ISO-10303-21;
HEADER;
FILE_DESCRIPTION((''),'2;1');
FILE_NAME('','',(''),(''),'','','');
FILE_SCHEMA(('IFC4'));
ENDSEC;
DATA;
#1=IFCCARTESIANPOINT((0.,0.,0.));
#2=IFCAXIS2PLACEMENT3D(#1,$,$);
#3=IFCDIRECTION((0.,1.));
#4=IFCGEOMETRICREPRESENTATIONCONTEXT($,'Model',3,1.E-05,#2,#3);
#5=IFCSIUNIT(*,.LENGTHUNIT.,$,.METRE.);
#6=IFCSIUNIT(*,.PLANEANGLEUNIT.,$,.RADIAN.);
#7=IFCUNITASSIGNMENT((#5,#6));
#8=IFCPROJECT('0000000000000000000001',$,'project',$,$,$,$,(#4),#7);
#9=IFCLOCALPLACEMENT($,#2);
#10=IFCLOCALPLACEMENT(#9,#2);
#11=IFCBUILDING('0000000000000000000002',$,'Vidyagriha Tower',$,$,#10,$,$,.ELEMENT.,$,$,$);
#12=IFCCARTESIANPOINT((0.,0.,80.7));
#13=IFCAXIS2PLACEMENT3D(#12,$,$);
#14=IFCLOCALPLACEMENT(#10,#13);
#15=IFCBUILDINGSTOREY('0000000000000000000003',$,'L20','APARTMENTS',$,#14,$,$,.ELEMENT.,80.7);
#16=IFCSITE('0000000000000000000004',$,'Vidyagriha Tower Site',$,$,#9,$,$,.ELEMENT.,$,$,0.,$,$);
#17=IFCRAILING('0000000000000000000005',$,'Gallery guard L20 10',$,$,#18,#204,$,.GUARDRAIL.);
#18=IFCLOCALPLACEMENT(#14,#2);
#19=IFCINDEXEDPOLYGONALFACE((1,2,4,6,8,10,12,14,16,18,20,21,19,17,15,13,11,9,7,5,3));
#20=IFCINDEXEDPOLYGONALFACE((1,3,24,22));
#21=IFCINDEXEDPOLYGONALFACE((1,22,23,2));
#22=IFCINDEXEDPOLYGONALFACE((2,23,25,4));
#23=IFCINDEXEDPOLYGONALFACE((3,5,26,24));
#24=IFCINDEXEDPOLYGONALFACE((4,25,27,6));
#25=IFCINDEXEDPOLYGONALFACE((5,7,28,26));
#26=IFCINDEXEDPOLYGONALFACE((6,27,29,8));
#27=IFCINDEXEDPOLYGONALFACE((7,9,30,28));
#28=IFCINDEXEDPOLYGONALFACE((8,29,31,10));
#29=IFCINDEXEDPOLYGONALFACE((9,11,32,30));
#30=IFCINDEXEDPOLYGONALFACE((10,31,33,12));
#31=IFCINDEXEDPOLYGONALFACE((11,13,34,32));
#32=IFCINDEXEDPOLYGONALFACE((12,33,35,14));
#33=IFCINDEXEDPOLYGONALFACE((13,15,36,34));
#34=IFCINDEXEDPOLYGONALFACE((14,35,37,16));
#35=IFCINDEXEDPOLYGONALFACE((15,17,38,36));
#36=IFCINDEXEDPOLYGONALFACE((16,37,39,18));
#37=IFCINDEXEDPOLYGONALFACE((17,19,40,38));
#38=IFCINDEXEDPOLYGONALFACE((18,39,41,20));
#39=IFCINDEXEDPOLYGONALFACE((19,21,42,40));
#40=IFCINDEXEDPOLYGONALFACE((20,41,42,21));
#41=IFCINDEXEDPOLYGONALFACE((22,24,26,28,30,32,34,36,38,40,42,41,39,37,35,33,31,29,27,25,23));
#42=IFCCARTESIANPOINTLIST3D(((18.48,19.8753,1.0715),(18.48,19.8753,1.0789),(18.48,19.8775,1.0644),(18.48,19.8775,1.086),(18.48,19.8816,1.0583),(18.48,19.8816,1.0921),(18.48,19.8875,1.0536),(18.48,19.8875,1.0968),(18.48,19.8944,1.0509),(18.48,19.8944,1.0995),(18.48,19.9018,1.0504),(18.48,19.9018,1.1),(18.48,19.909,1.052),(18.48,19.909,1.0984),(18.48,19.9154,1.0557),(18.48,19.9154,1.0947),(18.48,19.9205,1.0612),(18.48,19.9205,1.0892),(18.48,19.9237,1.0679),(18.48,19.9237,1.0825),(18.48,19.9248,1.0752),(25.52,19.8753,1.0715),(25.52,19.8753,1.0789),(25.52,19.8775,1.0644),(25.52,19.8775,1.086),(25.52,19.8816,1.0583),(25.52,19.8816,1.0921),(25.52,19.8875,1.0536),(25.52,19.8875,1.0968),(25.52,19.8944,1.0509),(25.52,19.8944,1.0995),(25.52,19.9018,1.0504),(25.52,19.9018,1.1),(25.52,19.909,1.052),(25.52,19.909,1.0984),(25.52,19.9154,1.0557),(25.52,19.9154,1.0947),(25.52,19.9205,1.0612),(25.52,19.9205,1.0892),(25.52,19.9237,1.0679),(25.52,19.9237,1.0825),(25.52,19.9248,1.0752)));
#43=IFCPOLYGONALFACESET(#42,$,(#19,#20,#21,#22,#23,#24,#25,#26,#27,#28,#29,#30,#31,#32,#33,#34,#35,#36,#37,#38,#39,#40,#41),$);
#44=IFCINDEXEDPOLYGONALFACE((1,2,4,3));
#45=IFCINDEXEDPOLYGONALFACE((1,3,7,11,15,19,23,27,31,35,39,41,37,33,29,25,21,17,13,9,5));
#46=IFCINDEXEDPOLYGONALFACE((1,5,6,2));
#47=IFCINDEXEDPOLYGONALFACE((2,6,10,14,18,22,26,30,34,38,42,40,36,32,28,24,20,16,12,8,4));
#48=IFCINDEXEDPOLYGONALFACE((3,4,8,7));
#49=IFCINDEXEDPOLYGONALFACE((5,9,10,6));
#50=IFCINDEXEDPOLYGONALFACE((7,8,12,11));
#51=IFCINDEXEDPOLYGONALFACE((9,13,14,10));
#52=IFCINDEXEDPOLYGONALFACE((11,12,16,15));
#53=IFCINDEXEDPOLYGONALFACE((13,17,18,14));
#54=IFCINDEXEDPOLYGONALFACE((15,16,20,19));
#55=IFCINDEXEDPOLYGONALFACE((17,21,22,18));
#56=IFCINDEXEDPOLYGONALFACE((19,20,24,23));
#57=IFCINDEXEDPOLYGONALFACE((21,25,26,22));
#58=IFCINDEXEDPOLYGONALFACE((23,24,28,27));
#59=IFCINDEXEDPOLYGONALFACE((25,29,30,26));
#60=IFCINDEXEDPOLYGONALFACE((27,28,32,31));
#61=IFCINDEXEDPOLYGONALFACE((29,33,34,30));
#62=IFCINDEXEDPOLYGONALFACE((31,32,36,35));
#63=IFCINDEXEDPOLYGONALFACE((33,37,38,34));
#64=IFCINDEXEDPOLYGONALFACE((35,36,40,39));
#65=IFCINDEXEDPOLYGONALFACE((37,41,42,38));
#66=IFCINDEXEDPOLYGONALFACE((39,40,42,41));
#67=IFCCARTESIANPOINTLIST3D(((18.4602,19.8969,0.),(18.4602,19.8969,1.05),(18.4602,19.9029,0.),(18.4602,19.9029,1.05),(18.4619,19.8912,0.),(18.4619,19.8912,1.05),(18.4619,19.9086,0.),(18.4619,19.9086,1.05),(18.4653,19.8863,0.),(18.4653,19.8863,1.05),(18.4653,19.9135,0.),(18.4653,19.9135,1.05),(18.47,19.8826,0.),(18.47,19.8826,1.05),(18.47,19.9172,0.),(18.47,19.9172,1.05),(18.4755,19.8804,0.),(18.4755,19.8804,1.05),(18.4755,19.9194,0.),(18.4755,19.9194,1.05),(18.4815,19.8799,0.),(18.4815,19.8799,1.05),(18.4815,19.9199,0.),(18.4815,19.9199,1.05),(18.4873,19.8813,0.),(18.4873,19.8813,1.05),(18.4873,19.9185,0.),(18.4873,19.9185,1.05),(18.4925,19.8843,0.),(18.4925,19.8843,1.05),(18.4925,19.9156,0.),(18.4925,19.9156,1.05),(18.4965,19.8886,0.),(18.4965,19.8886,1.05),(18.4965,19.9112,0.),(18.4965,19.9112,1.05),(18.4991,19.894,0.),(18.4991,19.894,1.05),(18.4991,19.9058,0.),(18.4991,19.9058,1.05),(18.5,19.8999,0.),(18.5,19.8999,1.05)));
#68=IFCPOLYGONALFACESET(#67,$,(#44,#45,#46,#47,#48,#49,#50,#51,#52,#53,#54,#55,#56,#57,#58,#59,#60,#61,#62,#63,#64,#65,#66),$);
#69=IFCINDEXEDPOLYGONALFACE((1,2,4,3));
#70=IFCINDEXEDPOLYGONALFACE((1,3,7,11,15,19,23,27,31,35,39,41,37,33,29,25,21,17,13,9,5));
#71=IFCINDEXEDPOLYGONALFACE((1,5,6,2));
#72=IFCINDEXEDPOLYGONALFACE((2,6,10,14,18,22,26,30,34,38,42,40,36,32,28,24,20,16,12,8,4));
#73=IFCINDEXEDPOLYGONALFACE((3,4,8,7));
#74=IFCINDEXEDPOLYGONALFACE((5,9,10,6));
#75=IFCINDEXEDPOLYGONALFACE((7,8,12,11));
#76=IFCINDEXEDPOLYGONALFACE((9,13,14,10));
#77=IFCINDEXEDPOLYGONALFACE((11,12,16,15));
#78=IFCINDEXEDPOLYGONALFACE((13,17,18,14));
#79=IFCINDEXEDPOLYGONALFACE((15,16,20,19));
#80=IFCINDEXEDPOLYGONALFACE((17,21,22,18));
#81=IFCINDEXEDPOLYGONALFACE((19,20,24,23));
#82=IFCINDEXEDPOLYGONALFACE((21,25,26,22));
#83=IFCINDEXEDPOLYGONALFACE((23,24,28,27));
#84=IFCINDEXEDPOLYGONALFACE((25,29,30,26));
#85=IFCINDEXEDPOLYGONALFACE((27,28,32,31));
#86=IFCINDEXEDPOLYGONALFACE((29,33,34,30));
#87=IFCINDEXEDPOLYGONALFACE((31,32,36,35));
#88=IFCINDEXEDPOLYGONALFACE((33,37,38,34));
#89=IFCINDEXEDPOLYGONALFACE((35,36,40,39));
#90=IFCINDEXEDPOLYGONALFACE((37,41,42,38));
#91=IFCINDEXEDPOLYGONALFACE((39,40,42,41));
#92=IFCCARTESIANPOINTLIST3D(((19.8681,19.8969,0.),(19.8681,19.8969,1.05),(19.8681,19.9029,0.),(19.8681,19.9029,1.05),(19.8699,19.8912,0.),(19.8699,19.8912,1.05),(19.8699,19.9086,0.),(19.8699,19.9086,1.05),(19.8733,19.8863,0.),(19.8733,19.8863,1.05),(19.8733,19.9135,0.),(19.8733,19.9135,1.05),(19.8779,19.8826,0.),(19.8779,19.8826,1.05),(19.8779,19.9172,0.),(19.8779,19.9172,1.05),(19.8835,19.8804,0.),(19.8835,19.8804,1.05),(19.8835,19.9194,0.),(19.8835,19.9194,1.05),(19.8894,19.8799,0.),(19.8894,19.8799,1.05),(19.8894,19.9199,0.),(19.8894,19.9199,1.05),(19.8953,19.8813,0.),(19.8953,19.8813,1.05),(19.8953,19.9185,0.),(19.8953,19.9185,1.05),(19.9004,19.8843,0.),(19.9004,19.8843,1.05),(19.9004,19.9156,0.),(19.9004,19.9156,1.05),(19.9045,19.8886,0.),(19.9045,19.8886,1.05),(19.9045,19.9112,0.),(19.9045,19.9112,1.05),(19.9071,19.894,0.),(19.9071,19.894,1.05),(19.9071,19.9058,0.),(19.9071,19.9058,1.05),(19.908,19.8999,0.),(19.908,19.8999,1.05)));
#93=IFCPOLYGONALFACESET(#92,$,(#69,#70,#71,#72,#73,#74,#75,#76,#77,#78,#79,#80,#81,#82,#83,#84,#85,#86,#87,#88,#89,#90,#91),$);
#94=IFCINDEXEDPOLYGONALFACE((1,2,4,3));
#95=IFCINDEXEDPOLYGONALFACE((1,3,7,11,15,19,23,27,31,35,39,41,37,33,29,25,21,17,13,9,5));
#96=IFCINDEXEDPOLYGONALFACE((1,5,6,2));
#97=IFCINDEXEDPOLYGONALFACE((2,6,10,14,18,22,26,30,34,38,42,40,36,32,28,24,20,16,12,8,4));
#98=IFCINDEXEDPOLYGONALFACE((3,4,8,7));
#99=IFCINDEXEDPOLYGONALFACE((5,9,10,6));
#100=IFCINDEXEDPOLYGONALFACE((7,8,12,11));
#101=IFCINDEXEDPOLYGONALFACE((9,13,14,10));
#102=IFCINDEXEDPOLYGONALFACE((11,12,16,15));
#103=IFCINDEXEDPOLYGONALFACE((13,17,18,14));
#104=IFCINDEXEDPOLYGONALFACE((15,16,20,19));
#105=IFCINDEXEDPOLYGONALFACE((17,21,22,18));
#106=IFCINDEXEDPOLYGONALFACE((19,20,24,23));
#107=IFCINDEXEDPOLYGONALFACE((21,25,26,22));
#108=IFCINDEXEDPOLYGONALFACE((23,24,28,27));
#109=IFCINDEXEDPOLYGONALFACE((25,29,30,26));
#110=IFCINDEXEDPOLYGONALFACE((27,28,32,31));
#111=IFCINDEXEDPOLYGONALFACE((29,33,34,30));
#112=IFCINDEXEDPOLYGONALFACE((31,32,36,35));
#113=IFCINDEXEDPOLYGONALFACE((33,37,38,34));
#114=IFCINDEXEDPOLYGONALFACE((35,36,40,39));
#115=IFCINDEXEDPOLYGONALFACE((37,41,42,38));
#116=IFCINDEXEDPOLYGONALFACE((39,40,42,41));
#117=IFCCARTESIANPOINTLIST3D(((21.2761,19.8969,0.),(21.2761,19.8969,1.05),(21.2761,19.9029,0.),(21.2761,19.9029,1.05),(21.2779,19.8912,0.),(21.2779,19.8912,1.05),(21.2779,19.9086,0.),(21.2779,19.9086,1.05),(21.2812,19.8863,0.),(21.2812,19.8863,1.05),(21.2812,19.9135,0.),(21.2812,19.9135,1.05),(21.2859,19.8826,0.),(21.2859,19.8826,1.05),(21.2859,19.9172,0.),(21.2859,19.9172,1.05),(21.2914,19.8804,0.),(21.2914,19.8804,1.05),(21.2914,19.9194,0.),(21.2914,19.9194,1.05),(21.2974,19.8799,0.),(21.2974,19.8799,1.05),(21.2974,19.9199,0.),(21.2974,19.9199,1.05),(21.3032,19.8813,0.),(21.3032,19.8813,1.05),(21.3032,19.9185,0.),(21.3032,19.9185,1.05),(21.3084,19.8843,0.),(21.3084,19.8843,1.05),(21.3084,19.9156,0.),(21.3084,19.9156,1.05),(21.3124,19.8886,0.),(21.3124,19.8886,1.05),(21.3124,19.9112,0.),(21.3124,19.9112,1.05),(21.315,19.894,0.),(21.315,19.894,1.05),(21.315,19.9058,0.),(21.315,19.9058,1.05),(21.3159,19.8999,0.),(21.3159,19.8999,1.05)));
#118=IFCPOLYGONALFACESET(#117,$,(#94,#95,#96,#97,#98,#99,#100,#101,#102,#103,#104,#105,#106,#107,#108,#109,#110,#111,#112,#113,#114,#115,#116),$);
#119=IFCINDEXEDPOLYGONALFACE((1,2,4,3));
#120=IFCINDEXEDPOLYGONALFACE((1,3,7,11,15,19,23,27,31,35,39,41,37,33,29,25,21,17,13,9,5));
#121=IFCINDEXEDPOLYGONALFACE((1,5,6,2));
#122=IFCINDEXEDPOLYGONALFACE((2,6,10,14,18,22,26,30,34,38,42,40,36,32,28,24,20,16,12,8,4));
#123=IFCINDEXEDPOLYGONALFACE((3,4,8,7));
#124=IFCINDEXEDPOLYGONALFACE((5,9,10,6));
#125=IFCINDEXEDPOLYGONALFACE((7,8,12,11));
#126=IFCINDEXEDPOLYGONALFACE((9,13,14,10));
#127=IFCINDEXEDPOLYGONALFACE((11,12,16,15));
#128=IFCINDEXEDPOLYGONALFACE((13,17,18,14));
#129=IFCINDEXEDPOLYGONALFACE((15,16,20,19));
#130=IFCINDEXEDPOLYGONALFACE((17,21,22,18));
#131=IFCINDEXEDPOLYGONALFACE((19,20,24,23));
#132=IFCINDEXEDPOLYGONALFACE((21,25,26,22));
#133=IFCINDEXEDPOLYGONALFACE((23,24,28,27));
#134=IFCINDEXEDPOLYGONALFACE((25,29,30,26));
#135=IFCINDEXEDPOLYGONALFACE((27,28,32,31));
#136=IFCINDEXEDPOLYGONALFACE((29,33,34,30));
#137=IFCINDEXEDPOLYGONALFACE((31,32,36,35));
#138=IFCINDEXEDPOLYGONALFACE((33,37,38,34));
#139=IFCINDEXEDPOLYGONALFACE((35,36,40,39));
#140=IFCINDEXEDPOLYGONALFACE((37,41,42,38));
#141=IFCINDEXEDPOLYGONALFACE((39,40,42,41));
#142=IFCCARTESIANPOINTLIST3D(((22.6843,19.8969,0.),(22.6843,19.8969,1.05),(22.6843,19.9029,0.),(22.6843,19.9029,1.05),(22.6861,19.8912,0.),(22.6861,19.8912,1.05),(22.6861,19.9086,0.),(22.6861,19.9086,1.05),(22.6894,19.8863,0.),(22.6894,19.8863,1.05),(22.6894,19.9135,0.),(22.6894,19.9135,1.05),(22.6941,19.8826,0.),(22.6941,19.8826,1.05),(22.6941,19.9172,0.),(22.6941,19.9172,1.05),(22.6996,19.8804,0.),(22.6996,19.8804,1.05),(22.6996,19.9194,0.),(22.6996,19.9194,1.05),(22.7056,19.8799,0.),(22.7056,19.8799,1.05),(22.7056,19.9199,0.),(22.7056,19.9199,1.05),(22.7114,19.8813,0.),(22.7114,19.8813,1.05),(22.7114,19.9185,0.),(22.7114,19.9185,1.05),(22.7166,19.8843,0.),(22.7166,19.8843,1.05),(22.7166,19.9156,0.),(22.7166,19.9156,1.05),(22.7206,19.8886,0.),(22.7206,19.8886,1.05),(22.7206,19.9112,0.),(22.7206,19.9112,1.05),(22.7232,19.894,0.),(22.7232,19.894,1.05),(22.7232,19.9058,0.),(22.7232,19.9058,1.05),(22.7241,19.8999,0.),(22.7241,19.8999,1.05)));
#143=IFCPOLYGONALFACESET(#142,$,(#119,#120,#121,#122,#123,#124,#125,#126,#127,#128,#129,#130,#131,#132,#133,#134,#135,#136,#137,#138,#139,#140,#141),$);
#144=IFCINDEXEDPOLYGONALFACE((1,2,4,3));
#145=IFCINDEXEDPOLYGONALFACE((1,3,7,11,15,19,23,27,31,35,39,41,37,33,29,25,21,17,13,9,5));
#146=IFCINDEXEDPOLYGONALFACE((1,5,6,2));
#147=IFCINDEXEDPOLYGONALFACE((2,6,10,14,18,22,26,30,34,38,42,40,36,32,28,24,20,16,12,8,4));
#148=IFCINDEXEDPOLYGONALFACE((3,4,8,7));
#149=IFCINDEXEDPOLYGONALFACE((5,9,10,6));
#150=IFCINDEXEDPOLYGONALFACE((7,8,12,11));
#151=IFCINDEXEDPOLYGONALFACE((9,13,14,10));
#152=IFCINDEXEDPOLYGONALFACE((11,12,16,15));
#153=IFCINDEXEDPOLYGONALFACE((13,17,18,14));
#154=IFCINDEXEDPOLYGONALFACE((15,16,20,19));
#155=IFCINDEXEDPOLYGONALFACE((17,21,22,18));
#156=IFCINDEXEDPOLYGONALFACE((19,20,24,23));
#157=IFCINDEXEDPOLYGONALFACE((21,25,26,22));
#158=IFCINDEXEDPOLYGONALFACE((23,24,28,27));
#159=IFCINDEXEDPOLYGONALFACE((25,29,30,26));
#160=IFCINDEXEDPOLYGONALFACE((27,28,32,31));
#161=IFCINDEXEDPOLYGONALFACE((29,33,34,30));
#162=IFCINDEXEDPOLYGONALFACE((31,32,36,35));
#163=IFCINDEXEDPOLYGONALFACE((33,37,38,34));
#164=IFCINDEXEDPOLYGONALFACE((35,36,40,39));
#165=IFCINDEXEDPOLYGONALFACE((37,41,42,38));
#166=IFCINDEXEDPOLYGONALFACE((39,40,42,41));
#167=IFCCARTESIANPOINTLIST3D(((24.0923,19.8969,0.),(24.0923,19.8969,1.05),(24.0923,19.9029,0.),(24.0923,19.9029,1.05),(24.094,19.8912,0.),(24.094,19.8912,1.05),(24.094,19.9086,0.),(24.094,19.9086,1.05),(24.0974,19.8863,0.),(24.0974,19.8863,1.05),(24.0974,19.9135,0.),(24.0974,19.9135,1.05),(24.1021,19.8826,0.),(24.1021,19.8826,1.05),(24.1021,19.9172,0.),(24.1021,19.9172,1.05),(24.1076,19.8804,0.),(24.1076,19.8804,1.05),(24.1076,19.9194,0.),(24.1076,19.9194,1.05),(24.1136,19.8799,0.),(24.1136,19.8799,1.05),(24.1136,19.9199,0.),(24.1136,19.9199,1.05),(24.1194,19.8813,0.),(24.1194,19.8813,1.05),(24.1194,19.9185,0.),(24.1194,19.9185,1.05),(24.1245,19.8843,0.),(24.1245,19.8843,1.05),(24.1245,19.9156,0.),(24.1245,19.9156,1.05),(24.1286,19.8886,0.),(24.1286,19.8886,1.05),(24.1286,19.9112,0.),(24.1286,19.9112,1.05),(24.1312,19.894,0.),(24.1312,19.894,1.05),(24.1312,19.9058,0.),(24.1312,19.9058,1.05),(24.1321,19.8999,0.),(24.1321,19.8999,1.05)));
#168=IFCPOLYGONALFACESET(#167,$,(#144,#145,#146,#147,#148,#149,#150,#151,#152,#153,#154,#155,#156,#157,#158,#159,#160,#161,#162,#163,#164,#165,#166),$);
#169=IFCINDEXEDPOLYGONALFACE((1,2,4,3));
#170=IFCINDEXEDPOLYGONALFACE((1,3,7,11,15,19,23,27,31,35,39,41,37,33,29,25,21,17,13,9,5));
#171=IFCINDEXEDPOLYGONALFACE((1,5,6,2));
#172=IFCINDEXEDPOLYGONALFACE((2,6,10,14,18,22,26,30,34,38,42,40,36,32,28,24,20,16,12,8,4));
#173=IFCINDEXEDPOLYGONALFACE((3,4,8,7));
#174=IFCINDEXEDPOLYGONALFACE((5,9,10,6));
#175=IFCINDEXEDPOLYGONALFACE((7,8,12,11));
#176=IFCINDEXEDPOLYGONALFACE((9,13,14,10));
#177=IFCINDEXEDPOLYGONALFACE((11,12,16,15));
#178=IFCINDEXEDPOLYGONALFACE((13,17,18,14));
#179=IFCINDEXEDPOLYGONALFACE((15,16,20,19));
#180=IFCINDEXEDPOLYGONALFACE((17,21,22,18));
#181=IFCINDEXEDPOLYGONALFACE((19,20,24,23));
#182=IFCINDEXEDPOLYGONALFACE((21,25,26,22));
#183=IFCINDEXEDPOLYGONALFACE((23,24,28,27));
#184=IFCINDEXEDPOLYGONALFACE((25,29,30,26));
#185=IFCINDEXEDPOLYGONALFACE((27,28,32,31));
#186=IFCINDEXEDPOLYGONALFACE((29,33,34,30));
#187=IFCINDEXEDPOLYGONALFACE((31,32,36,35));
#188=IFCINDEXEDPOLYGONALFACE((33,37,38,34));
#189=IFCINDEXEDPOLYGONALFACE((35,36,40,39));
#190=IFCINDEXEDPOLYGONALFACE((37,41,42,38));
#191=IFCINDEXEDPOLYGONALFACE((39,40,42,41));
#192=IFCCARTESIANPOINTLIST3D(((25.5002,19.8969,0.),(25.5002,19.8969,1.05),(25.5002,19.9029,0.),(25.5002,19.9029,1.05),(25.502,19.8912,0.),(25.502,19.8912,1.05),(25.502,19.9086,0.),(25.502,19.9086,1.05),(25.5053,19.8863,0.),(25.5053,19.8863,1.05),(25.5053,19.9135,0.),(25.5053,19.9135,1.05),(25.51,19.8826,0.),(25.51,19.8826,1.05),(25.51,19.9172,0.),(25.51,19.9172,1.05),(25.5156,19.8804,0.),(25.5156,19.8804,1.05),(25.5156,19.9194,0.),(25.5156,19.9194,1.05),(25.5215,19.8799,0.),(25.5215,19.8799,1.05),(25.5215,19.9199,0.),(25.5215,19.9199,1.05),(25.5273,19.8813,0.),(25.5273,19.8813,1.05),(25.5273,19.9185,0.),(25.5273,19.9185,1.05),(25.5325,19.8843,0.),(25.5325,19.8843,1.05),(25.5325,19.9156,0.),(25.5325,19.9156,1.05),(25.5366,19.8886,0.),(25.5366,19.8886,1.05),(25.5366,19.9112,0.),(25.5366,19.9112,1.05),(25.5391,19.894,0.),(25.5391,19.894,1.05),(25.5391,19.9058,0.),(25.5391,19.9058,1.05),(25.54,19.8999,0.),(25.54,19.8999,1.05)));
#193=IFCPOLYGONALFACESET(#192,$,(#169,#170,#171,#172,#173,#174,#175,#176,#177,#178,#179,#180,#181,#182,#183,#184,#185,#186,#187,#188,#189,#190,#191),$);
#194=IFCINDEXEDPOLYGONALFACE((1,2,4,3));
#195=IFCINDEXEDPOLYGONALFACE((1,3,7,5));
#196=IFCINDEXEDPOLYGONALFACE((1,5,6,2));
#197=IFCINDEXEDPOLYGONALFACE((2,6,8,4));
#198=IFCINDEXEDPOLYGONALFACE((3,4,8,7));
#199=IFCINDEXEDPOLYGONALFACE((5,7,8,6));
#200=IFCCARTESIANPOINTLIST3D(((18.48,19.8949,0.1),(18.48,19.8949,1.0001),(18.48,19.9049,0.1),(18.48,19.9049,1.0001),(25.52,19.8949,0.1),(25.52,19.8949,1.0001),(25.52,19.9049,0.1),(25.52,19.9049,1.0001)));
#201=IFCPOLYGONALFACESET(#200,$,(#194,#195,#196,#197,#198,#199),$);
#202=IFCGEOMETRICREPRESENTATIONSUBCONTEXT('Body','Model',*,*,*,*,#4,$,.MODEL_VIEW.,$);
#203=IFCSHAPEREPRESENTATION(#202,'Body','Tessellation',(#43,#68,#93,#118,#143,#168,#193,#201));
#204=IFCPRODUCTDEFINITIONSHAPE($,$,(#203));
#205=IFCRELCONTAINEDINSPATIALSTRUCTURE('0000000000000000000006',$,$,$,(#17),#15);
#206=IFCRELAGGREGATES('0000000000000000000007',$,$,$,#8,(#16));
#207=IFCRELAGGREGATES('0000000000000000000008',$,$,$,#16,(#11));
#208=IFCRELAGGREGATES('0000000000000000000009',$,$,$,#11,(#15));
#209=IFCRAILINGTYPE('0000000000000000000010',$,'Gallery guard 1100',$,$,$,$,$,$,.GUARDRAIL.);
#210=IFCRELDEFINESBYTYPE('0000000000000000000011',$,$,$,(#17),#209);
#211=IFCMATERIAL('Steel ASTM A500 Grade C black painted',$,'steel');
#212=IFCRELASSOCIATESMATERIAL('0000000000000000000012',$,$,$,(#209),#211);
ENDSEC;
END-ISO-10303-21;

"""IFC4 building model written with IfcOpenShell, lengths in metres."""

from ifc_helpers import new_model, si_unit, direction, frame, origin, origin_2d, place, context, subcontext, project, spatial, rectangle, circle, extrude, material, type_object, element, save


model = new_model("IFC4")

# Units and contexts
model_context = context("Model", 3, precision=1e-05, world=origin(), true_north=direction((0.0, 1.0)))
body_context = subcontext(model_context, "Body", "Model", "MODEL_VIEW")
ifc_project = project(units=[si_unit("LENGTHUNIT", "METRE"), si_unit("PLANEANGLEUNIT", "RADIAN")], contexts=[model_context])

# Site, building, storey
site_placement = place(None, origin())
site = spatial("IfcSite", under=ifc_project, at=site_placement, Name="Vidyagriha Tower Site", CompositionType="ELEMENT", RefElevation=0.0)
building_placement = place(site_placement, origin())
building = spatial("IfcBuilding", under=site, at=building_placement, Name="Vidyagriha Tower", CompositionType="ELEMENT")
storey_placement = place(building_placement, frame((0.0, 0.0, 80.7)))
storey = spatial("IfcBuildingStorey", under=building, at=storey_placement, Name="L20", Description="APARTMENTS", CompositionType="ELEMENT", Elevation=80.7)

# Railing
ifc_material_1 = material(Name="Steel ASTM A500 Grade C black painted", Category="steel")
railing_type = type_object("IfcRailingType", Name="Gallery guard 1100", PredefinedType="GUARDRAIL", material=ifc_material_1)
for number, where, name in (
    (1, (18.48, 19.8999, 0.0), "Gallery guard L20 10"),
):
    element("IfcRailing", number, at=place(storey_placement, frame(where)), inside=storey, type_object=railing_type, Name=name, PredefinedType="GUARDRAIL", context=body_context, shape_type="SweptSolid", body=[
        extrude(circle(Radius=0.0249, at=origin_2d()), frame((0.0, 0.0, 1.0752), z_axis=(1.0, 0.0, 0.0), x_axis=(0.0, 1.0, 0.0)), (0.0, 0.0, 1.0), 7.04),
        extrude(circle(Radius=0.02, at=origin_2d()), origin(), (0.0, 0.0, 1.0), 1.05),
        extrude(circle(Radius=0.02, at=origin_2d()), frame((1.408, 0.0, 0.0)), (0.0, 0.0, 1.0), 1.05),
        extrude(circle(Radius=0.02, at=origin_2d()), frame((2.8159, 0.0, 0.0)), (0.0, 0.0, 1.0), 1.05),
        extrude(circle(Radius=0.02, at=origin_2d()), frame((4.2241, 0.0, 0.0)), (0.0, 0.0, 1.0), 1.05),
        extrude(circle(Radius=0.02, at=origin_2d()), frame((5.6321, 0.0, 0.0)), (0.0, 0.0, 1.0), 1.05),
        extrude(circle(Radius=0.02, at=origin_2d()), frame((7.04, 0.0, 0.0)), (0.0, 0.0, 1.0), 1.05),
        extrude(rectangle(XDim=0.01, YDim=0.9001, at=origin_2d()), frame((0.0, 0.0, 0.55), z_axis=(1.0, 0.0, 0.0), x_axis=(0.0, 1.0, 0.0)), (0.0, 0.0, 1.0), 7.04),
    ])

save(model, "model.ifc")
